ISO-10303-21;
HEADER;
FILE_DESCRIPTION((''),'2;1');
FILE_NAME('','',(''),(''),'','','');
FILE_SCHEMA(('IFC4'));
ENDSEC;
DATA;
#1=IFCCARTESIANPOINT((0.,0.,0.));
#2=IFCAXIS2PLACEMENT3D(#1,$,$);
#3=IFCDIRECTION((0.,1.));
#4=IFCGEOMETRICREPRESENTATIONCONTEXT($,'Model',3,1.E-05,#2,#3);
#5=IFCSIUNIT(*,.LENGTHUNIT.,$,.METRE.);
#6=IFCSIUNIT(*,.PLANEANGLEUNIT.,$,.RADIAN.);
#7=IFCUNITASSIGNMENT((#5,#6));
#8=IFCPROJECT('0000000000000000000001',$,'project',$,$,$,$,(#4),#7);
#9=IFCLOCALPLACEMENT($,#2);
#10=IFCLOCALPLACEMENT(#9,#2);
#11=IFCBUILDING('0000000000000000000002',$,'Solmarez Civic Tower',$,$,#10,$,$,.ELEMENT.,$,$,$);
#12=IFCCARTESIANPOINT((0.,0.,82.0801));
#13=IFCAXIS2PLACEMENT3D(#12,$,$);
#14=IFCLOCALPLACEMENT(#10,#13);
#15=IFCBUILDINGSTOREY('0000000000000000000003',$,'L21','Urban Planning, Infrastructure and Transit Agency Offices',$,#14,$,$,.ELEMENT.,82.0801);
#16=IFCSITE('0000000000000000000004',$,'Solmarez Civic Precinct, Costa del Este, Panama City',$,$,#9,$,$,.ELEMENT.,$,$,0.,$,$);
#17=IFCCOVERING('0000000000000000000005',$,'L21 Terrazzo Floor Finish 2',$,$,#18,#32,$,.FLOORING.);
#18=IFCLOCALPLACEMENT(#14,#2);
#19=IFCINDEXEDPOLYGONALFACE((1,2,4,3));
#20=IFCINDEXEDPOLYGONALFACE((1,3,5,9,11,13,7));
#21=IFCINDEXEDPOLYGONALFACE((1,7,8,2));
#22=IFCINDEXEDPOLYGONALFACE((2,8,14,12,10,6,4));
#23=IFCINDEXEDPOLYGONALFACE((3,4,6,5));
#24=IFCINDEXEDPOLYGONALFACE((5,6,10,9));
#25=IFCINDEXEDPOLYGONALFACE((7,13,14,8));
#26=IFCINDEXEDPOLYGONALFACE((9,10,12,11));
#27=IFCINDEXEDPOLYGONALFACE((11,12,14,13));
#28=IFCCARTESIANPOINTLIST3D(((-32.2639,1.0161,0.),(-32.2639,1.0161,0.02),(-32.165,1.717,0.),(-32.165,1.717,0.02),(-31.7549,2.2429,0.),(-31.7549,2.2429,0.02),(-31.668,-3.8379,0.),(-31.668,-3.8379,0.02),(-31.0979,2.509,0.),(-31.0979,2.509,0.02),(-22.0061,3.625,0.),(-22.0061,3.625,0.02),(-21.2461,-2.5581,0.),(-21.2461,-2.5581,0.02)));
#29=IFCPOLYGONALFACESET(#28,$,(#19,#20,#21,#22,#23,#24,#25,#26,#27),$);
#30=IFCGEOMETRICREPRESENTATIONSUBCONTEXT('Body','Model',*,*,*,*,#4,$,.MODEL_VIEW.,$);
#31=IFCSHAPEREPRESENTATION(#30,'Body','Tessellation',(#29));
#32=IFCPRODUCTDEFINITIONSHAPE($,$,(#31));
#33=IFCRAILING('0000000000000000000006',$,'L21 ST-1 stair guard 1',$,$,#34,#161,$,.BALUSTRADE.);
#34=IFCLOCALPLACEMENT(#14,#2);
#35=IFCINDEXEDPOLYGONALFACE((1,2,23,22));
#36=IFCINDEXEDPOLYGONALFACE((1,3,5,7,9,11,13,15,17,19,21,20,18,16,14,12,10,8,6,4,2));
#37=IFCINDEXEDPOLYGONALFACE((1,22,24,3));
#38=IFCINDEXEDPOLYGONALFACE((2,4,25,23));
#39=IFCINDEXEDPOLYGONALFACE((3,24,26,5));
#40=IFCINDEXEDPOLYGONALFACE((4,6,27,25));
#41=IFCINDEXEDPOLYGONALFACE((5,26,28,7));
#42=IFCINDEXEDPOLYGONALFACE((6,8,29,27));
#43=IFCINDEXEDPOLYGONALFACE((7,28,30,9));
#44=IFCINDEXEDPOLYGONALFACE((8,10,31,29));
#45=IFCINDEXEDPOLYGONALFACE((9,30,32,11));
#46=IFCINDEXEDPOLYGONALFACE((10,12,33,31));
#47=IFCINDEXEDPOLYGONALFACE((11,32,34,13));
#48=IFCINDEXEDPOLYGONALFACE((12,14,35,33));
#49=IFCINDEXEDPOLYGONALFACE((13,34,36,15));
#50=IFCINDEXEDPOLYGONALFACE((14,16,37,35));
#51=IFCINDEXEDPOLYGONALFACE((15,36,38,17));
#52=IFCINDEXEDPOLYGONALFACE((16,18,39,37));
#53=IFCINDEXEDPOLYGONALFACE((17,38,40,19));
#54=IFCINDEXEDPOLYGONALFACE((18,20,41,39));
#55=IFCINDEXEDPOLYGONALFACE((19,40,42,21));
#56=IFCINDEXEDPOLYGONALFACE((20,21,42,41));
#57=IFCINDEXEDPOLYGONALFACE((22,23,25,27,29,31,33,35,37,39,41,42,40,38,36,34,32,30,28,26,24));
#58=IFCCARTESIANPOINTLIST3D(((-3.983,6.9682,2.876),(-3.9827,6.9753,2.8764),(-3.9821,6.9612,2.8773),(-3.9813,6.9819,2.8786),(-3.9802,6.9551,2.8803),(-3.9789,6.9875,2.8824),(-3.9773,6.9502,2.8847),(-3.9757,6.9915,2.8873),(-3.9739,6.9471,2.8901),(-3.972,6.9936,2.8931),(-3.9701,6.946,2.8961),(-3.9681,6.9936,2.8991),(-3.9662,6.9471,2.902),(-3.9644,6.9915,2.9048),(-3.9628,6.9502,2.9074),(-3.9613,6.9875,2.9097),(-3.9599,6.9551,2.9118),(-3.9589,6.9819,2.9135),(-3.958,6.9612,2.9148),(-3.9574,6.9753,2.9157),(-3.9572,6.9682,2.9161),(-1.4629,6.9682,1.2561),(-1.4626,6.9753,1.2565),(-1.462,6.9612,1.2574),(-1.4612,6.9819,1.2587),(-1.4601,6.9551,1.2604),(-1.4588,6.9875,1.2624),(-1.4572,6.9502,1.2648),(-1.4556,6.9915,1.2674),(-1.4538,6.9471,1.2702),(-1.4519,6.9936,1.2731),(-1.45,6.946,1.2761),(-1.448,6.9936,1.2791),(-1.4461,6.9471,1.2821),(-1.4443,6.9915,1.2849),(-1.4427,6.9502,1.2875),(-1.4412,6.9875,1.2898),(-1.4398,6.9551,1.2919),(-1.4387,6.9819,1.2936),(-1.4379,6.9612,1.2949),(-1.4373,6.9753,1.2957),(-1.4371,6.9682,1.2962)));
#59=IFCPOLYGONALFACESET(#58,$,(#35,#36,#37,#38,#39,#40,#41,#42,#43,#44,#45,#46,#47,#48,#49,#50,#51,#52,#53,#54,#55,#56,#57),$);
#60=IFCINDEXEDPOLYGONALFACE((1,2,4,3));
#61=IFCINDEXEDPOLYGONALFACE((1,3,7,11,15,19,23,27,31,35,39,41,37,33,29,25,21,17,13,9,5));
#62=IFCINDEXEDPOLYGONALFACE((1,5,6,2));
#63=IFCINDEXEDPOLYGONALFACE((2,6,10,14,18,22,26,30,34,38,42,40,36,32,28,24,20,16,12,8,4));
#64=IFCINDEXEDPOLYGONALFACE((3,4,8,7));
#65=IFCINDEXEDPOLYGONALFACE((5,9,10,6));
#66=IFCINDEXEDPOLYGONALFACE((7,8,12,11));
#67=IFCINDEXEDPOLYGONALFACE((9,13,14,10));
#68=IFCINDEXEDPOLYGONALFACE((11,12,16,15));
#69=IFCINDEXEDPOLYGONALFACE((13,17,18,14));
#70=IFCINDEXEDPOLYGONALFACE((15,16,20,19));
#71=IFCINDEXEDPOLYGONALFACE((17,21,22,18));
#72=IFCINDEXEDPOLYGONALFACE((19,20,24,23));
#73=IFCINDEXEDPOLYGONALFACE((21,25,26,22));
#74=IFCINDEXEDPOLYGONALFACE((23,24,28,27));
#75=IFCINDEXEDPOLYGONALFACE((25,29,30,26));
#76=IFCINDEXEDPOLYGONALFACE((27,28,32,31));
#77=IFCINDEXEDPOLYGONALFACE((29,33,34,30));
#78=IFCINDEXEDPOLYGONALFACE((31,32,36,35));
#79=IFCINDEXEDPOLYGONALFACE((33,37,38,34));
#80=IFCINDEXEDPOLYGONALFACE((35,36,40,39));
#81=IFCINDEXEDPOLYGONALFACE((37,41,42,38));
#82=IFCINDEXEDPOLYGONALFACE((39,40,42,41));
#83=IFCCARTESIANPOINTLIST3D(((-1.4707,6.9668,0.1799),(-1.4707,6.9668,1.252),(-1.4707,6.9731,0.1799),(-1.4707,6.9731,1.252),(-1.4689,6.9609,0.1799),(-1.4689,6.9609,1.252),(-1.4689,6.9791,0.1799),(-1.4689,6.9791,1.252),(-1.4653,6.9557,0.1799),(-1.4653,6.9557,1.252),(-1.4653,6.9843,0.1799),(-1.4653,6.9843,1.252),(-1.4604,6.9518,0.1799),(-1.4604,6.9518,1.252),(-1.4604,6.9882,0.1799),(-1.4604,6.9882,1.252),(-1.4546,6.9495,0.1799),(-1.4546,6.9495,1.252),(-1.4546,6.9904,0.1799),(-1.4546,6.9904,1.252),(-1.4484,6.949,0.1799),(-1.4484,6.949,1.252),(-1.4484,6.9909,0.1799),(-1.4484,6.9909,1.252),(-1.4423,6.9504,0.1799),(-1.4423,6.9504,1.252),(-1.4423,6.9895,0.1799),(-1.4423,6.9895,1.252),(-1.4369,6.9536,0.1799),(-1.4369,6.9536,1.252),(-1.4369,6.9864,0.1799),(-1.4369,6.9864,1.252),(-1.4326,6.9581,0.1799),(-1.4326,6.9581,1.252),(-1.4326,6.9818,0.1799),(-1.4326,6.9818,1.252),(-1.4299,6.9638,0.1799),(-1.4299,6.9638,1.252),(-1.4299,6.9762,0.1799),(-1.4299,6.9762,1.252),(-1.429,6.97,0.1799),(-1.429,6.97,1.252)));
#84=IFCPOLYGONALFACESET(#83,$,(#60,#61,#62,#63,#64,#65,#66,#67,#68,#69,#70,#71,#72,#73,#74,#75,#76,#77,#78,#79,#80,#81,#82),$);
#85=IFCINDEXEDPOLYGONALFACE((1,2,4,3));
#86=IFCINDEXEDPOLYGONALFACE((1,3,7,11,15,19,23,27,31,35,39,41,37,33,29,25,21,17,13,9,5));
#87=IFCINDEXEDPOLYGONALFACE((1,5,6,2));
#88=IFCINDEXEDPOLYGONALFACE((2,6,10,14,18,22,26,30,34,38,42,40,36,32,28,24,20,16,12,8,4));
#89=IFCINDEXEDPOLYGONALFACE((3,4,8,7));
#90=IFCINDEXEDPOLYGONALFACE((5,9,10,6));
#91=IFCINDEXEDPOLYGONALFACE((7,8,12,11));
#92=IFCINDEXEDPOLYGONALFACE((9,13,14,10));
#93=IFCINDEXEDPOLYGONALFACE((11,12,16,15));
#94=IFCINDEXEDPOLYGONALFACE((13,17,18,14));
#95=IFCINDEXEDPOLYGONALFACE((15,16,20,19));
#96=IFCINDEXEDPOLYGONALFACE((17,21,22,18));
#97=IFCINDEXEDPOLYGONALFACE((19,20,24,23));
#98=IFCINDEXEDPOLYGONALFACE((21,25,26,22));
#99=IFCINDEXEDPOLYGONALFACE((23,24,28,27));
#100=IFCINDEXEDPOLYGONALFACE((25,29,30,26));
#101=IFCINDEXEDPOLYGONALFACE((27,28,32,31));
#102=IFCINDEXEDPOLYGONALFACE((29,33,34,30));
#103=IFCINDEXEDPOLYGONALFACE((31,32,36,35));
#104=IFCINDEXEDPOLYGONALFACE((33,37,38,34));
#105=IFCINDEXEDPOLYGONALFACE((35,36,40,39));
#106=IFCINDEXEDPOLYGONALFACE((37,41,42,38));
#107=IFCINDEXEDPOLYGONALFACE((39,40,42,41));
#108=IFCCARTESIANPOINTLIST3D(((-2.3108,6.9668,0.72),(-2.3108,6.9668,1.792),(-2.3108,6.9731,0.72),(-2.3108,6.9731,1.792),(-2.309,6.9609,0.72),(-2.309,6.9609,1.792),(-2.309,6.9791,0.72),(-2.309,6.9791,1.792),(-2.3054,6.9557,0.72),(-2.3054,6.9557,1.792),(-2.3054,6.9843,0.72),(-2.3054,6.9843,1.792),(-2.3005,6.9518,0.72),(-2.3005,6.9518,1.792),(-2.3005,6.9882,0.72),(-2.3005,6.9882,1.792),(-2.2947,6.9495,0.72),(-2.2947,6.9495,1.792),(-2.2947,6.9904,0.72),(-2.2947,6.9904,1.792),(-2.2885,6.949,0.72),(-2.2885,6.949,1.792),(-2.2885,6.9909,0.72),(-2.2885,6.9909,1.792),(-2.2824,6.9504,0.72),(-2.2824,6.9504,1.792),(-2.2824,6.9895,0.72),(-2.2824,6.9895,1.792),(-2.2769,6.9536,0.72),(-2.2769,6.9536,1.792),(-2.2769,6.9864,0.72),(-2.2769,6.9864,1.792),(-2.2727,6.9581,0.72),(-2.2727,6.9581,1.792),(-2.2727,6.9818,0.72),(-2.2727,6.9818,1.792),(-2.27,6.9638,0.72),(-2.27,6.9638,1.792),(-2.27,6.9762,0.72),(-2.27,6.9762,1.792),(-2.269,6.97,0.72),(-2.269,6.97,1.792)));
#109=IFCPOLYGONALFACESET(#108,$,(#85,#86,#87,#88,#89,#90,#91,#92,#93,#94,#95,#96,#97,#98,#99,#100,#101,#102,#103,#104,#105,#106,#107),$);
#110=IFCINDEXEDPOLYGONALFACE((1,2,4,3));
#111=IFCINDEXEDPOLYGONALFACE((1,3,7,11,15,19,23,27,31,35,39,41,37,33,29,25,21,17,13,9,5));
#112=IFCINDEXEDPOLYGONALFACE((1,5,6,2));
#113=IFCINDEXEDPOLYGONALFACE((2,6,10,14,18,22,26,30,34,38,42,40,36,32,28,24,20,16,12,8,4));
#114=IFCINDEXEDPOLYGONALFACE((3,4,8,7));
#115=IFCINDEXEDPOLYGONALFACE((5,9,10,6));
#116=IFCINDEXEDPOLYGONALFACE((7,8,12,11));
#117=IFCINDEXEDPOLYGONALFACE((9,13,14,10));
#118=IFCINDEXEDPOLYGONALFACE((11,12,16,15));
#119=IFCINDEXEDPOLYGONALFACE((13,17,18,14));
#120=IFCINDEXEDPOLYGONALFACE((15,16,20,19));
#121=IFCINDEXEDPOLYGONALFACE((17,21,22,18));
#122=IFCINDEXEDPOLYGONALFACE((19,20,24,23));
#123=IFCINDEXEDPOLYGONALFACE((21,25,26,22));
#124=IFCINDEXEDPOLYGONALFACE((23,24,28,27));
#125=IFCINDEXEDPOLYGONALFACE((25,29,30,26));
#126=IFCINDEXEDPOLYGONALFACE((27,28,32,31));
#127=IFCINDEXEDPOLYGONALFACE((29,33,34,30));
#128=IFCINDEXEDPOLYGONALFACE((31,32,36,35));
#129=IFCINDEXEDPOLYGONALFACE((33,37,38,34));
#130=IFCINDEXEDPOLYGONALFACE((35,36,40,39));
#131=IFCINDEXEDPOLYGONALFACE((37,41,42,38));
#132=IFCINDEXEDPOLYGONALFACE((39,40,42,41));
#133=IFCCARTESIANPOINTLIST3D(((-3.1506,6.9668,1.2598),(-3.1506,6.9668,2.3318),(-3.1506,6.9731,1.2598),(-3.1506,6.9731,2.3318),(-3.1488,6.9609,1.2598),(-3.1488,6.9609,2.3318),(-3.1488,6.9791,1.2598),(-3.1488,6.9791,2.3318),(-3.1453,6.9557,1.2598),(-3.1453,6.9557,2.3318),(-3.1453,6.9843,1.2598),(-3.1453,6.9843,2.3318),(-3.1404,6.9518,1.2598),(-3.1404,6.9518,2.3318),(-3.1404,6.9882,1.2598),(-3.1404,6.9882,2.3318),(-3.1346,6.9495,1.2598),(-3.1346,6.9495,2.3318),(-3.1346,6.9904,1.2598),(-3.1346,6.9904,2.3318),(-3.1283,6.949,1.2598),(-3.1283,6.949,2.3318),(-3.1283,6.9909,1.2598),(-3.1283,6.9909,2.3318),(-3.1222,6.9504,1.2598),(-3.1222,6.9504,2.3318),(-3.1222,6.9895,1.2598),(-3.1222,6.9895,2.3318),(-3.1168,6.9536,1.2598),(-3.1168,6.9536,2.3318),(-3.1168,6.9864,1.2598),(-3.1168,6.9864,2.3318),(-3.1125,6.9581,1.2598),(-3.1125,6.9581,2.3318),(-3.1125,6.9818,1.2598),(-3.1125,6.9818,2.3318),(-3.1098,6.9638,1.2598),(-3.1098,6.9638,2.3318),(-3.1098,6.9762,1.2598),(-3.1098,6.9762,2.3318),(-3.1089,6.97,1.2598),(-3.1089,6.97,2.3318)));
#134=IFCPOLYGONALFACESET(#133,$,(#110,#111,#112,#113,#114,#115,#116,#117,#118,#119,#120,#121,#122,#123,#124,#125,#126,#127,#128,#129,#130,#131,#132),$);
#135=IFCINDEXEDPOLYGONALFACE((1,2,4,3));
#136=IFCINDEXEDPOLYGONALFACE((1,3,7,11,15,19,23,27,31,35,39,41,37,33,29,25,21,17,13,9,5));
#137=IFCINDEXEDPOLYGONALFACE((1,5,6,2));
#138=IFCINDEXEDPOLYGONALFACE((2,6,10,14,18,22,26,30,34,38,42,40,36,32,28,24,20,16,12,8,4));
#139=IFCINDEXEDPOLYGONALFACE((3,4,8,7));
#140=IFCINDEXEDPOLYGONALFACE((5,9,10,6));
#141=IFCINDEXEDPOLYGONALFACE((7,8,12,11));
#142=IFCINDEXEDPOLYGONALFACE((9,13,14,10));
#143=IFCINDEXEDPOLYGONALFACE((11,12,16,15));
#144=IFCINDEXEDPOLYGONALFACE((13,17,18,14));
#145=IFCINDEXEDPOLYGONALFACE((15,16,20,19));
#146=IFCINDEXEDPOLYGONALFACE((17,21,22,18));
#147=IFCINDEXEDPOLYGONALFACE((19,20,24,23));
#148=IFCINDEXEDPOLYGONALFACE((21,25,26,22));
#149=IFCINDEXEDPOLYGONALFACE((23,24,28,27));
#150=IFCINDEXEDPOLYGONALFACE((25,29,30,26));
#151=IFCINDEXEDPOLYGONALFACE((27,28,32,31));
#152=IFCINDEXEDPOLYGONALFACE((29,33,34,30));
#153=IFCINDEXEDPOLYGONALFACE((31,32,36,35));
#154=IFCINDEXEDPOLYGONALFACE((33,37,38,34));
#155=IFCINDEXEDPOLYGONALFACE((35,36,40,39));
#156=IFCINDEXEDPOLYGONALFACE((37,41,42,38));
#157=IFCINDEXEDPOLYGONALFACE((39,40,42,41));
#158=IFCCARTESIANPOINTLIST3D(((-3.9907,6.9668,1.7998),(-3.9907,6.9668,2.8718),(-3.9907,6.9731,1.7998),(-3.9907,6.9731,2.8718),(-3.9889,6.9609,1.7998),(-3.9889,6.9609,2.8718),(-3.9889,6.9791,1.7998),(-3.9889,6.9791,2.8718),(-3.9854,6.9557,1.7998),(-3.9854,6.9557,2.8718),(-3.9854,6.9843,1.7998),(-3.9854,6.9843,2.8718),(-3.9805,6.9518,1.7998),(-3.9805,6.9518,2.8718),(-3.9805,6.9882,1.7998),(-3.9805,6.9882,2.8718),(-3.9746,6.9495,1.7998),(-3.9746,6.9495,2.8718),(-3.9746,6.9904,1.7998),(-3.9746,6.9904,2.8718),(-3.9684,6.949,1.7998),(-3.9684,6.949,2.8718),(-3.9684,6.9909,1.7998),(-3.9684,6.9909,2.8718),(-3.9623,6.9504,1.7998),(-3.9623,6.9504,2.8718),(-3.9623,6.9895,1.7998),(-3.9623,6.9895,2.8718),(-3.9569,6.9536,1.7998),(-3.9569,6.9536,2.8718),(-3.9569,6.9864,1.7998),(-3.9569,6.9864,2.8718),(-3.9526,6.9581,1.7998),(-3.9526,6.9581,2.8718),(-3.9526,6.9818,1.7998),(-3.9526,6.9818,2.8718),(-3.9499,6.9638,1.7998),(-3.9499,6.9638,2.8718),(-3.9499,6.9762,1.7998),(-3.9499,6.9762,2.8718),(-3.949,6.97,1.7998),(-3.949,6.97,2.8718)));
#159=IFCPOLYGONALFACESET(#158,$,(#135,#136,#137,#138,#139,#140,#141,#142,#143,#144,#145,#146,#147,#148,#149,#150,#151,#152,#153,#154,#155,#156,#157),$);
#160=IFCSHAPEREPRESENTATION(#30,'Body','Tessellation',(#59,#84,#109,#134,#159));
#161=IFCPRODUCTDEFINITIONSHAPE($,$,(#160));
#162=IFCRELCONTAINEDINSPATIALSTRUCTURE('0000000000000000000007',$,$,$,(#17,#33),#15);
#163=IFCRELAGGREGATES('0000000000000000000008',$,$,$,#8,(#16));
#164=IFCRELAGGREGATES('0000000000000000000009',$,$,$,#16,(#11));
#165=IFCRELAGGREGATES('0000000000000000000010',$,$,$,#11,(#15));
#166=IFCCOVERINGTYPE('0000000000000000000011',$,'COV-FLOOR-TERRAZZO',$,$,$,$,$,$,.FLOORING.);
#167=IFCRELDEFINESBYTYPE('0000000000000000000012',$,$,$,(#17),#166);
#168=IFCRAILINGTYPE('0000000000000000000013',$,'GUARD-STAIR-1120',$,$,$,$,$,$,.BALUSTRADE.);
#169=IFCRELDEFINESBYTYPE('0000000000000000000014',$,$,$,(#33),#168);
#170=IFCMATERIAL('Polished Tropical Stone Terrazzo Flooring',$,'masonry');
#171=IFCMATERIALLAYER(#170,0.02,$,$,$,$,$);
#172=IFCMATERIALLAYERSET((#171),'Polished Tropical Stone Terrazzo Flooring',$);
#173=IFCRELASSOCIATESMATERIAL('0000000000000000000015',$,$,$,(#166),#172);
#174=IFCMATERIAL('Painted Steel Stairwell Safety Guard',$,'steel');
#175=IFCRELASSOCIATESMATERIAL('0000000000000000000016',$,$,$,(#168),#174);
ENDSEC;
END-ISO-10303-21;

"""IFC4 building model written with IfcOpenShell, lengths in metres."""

from ifc_helpers import new_model, si_unit, direction, frame, origin, origin_2d, place, context, subcontext, project, spatial, polyline, circle, outline, extrude, material, layer, layer_set, type_object, element, save


model = new_model("IFC4")

# Units and contexts
model_context = context("Model", 3, precision=1e-05, world=origin(), true_north=direction((0.0, 1.0)))
body_context = subcontext(model_context, "Body", "Model", "MODEL_VIEW")
ifc_project = project(units=[si_unit("LENGTHUNIT", "METRE"), si_unit("PLANEANGLEUNIT", "RADIAN")], contexts=[model_context])

# Site, building, storey
site_placement = place(None, origin())
site = spatial("IfcSite", under=ifc_project, at=site_placement, Name="Solmarez Civic Precinct, Costa del Este, Panama City", CompositionType="ELEMENT", RefElevation=0.0)
building_placement = place(site_placement, origin())
building = spatial("IfcBuilding", under=site, at=building_placement, Name="Solmarez Civic Tower", CompositionType="ELEMENT")
storey_placement = place(building_placement, frame((0.0, 0.0, 82.0801)))
storey = spatial("IfcBuildingStorey", under=building, at=storey_placement, Name="L21", Description="Urban Planning, Infrastructure and Transit Agency Offices", CompositionType="ELEMENT", Elevation=82.0801)

# Covering
ifc_material_1 = material(Name="Polished Tropical Stone Terrazzo Flooring", Category="masonry")
ifc_layer_1 = layer(ifc_material_1, 0.02)
ifc_layer_set_1 = layer_set([ifc_layer_1], Name="Polished Tropical Stone Terrazzo Flooring")
covering_type_1 = type_object("IfcCoveringType", Name="COV-FLOOR-TERRAZZO", PredefinedType="FLOORING", material=ifc_layer_set_1)
covering_1_placement = place(storey_placement, origin())
element("IfcCovering", 1, at=covering_1_placement, inside=storey, type_object=covering_type_1, Name="L21 Terrazzo Floor Finish 2", PredefinedType="FLOORING", context=body_context, shape_type="SweptSolid", body=[
    extrude(outline(polyline([(-22.0061, 3.625), (-31.0979, 2.509), (-31.7549, 2.2429), (-32.165, 1.717), (-32.2639, 1.0161), (-31.668, -3.8379), (-21.2461, -2.5581), (-22.0061, 3.625)])), origin(), (0.0, 0.0, 1.0), 0.02),
])

# Railing
ifc_material_2 = material(Name="Painted Steel Stairwell Safety Guard", Category="steel")
railing_type_1 = type_object("IfcRailingType", Name="GUARD-STAIR-1120", PredefinedType="BALUSTRADE", material=ifc_material_2)
railing_1_placement = place(storey_placement, frame((-1.45, 6.97, 0.1799)))
element("IfcRailing", 2, at=railing_1_placement, inside=storey, type_object=railing_type_1, Name="L21 ST-1 stair guard 1", PredefinedType="BALUSTRADE", context=body_context, shape_type="SweptSolid", body=[
    extrude(circle(Radius=0.0239, at=origin_2d()), frame((0.0, 0.0, 1.0962), z_axis=(-0.8412, 0.0, 0.540725), x_axis=(0.0, -1.0, 0.0)), (0.0, 0.0, 1.0), 2.9958),
    extrude(circle(Radius=0.021, at=origin_2d()), origin(), (0.0, 0.0, 1.0), 1.072),
    extrude(circle(Radius=0.021, at=origin_2d()), frame((-0.8401, 0.0, 0.54)), (0.0, 0.0, 1.0), 1.072),
    extrude(circle(Radius=0.021, at=origin_2d()), frame((-1.6799, 0.0, 1.0798)), (0.0, 0.0, 1.0), 1.072),
    extrude(circle(Radius=0.021, at=origin_2d()), frame((-2.52, 0.0, 1.6199)), (0.0, 0.0, 1.0), 1.072),
])

save(model, "model.ifc")
